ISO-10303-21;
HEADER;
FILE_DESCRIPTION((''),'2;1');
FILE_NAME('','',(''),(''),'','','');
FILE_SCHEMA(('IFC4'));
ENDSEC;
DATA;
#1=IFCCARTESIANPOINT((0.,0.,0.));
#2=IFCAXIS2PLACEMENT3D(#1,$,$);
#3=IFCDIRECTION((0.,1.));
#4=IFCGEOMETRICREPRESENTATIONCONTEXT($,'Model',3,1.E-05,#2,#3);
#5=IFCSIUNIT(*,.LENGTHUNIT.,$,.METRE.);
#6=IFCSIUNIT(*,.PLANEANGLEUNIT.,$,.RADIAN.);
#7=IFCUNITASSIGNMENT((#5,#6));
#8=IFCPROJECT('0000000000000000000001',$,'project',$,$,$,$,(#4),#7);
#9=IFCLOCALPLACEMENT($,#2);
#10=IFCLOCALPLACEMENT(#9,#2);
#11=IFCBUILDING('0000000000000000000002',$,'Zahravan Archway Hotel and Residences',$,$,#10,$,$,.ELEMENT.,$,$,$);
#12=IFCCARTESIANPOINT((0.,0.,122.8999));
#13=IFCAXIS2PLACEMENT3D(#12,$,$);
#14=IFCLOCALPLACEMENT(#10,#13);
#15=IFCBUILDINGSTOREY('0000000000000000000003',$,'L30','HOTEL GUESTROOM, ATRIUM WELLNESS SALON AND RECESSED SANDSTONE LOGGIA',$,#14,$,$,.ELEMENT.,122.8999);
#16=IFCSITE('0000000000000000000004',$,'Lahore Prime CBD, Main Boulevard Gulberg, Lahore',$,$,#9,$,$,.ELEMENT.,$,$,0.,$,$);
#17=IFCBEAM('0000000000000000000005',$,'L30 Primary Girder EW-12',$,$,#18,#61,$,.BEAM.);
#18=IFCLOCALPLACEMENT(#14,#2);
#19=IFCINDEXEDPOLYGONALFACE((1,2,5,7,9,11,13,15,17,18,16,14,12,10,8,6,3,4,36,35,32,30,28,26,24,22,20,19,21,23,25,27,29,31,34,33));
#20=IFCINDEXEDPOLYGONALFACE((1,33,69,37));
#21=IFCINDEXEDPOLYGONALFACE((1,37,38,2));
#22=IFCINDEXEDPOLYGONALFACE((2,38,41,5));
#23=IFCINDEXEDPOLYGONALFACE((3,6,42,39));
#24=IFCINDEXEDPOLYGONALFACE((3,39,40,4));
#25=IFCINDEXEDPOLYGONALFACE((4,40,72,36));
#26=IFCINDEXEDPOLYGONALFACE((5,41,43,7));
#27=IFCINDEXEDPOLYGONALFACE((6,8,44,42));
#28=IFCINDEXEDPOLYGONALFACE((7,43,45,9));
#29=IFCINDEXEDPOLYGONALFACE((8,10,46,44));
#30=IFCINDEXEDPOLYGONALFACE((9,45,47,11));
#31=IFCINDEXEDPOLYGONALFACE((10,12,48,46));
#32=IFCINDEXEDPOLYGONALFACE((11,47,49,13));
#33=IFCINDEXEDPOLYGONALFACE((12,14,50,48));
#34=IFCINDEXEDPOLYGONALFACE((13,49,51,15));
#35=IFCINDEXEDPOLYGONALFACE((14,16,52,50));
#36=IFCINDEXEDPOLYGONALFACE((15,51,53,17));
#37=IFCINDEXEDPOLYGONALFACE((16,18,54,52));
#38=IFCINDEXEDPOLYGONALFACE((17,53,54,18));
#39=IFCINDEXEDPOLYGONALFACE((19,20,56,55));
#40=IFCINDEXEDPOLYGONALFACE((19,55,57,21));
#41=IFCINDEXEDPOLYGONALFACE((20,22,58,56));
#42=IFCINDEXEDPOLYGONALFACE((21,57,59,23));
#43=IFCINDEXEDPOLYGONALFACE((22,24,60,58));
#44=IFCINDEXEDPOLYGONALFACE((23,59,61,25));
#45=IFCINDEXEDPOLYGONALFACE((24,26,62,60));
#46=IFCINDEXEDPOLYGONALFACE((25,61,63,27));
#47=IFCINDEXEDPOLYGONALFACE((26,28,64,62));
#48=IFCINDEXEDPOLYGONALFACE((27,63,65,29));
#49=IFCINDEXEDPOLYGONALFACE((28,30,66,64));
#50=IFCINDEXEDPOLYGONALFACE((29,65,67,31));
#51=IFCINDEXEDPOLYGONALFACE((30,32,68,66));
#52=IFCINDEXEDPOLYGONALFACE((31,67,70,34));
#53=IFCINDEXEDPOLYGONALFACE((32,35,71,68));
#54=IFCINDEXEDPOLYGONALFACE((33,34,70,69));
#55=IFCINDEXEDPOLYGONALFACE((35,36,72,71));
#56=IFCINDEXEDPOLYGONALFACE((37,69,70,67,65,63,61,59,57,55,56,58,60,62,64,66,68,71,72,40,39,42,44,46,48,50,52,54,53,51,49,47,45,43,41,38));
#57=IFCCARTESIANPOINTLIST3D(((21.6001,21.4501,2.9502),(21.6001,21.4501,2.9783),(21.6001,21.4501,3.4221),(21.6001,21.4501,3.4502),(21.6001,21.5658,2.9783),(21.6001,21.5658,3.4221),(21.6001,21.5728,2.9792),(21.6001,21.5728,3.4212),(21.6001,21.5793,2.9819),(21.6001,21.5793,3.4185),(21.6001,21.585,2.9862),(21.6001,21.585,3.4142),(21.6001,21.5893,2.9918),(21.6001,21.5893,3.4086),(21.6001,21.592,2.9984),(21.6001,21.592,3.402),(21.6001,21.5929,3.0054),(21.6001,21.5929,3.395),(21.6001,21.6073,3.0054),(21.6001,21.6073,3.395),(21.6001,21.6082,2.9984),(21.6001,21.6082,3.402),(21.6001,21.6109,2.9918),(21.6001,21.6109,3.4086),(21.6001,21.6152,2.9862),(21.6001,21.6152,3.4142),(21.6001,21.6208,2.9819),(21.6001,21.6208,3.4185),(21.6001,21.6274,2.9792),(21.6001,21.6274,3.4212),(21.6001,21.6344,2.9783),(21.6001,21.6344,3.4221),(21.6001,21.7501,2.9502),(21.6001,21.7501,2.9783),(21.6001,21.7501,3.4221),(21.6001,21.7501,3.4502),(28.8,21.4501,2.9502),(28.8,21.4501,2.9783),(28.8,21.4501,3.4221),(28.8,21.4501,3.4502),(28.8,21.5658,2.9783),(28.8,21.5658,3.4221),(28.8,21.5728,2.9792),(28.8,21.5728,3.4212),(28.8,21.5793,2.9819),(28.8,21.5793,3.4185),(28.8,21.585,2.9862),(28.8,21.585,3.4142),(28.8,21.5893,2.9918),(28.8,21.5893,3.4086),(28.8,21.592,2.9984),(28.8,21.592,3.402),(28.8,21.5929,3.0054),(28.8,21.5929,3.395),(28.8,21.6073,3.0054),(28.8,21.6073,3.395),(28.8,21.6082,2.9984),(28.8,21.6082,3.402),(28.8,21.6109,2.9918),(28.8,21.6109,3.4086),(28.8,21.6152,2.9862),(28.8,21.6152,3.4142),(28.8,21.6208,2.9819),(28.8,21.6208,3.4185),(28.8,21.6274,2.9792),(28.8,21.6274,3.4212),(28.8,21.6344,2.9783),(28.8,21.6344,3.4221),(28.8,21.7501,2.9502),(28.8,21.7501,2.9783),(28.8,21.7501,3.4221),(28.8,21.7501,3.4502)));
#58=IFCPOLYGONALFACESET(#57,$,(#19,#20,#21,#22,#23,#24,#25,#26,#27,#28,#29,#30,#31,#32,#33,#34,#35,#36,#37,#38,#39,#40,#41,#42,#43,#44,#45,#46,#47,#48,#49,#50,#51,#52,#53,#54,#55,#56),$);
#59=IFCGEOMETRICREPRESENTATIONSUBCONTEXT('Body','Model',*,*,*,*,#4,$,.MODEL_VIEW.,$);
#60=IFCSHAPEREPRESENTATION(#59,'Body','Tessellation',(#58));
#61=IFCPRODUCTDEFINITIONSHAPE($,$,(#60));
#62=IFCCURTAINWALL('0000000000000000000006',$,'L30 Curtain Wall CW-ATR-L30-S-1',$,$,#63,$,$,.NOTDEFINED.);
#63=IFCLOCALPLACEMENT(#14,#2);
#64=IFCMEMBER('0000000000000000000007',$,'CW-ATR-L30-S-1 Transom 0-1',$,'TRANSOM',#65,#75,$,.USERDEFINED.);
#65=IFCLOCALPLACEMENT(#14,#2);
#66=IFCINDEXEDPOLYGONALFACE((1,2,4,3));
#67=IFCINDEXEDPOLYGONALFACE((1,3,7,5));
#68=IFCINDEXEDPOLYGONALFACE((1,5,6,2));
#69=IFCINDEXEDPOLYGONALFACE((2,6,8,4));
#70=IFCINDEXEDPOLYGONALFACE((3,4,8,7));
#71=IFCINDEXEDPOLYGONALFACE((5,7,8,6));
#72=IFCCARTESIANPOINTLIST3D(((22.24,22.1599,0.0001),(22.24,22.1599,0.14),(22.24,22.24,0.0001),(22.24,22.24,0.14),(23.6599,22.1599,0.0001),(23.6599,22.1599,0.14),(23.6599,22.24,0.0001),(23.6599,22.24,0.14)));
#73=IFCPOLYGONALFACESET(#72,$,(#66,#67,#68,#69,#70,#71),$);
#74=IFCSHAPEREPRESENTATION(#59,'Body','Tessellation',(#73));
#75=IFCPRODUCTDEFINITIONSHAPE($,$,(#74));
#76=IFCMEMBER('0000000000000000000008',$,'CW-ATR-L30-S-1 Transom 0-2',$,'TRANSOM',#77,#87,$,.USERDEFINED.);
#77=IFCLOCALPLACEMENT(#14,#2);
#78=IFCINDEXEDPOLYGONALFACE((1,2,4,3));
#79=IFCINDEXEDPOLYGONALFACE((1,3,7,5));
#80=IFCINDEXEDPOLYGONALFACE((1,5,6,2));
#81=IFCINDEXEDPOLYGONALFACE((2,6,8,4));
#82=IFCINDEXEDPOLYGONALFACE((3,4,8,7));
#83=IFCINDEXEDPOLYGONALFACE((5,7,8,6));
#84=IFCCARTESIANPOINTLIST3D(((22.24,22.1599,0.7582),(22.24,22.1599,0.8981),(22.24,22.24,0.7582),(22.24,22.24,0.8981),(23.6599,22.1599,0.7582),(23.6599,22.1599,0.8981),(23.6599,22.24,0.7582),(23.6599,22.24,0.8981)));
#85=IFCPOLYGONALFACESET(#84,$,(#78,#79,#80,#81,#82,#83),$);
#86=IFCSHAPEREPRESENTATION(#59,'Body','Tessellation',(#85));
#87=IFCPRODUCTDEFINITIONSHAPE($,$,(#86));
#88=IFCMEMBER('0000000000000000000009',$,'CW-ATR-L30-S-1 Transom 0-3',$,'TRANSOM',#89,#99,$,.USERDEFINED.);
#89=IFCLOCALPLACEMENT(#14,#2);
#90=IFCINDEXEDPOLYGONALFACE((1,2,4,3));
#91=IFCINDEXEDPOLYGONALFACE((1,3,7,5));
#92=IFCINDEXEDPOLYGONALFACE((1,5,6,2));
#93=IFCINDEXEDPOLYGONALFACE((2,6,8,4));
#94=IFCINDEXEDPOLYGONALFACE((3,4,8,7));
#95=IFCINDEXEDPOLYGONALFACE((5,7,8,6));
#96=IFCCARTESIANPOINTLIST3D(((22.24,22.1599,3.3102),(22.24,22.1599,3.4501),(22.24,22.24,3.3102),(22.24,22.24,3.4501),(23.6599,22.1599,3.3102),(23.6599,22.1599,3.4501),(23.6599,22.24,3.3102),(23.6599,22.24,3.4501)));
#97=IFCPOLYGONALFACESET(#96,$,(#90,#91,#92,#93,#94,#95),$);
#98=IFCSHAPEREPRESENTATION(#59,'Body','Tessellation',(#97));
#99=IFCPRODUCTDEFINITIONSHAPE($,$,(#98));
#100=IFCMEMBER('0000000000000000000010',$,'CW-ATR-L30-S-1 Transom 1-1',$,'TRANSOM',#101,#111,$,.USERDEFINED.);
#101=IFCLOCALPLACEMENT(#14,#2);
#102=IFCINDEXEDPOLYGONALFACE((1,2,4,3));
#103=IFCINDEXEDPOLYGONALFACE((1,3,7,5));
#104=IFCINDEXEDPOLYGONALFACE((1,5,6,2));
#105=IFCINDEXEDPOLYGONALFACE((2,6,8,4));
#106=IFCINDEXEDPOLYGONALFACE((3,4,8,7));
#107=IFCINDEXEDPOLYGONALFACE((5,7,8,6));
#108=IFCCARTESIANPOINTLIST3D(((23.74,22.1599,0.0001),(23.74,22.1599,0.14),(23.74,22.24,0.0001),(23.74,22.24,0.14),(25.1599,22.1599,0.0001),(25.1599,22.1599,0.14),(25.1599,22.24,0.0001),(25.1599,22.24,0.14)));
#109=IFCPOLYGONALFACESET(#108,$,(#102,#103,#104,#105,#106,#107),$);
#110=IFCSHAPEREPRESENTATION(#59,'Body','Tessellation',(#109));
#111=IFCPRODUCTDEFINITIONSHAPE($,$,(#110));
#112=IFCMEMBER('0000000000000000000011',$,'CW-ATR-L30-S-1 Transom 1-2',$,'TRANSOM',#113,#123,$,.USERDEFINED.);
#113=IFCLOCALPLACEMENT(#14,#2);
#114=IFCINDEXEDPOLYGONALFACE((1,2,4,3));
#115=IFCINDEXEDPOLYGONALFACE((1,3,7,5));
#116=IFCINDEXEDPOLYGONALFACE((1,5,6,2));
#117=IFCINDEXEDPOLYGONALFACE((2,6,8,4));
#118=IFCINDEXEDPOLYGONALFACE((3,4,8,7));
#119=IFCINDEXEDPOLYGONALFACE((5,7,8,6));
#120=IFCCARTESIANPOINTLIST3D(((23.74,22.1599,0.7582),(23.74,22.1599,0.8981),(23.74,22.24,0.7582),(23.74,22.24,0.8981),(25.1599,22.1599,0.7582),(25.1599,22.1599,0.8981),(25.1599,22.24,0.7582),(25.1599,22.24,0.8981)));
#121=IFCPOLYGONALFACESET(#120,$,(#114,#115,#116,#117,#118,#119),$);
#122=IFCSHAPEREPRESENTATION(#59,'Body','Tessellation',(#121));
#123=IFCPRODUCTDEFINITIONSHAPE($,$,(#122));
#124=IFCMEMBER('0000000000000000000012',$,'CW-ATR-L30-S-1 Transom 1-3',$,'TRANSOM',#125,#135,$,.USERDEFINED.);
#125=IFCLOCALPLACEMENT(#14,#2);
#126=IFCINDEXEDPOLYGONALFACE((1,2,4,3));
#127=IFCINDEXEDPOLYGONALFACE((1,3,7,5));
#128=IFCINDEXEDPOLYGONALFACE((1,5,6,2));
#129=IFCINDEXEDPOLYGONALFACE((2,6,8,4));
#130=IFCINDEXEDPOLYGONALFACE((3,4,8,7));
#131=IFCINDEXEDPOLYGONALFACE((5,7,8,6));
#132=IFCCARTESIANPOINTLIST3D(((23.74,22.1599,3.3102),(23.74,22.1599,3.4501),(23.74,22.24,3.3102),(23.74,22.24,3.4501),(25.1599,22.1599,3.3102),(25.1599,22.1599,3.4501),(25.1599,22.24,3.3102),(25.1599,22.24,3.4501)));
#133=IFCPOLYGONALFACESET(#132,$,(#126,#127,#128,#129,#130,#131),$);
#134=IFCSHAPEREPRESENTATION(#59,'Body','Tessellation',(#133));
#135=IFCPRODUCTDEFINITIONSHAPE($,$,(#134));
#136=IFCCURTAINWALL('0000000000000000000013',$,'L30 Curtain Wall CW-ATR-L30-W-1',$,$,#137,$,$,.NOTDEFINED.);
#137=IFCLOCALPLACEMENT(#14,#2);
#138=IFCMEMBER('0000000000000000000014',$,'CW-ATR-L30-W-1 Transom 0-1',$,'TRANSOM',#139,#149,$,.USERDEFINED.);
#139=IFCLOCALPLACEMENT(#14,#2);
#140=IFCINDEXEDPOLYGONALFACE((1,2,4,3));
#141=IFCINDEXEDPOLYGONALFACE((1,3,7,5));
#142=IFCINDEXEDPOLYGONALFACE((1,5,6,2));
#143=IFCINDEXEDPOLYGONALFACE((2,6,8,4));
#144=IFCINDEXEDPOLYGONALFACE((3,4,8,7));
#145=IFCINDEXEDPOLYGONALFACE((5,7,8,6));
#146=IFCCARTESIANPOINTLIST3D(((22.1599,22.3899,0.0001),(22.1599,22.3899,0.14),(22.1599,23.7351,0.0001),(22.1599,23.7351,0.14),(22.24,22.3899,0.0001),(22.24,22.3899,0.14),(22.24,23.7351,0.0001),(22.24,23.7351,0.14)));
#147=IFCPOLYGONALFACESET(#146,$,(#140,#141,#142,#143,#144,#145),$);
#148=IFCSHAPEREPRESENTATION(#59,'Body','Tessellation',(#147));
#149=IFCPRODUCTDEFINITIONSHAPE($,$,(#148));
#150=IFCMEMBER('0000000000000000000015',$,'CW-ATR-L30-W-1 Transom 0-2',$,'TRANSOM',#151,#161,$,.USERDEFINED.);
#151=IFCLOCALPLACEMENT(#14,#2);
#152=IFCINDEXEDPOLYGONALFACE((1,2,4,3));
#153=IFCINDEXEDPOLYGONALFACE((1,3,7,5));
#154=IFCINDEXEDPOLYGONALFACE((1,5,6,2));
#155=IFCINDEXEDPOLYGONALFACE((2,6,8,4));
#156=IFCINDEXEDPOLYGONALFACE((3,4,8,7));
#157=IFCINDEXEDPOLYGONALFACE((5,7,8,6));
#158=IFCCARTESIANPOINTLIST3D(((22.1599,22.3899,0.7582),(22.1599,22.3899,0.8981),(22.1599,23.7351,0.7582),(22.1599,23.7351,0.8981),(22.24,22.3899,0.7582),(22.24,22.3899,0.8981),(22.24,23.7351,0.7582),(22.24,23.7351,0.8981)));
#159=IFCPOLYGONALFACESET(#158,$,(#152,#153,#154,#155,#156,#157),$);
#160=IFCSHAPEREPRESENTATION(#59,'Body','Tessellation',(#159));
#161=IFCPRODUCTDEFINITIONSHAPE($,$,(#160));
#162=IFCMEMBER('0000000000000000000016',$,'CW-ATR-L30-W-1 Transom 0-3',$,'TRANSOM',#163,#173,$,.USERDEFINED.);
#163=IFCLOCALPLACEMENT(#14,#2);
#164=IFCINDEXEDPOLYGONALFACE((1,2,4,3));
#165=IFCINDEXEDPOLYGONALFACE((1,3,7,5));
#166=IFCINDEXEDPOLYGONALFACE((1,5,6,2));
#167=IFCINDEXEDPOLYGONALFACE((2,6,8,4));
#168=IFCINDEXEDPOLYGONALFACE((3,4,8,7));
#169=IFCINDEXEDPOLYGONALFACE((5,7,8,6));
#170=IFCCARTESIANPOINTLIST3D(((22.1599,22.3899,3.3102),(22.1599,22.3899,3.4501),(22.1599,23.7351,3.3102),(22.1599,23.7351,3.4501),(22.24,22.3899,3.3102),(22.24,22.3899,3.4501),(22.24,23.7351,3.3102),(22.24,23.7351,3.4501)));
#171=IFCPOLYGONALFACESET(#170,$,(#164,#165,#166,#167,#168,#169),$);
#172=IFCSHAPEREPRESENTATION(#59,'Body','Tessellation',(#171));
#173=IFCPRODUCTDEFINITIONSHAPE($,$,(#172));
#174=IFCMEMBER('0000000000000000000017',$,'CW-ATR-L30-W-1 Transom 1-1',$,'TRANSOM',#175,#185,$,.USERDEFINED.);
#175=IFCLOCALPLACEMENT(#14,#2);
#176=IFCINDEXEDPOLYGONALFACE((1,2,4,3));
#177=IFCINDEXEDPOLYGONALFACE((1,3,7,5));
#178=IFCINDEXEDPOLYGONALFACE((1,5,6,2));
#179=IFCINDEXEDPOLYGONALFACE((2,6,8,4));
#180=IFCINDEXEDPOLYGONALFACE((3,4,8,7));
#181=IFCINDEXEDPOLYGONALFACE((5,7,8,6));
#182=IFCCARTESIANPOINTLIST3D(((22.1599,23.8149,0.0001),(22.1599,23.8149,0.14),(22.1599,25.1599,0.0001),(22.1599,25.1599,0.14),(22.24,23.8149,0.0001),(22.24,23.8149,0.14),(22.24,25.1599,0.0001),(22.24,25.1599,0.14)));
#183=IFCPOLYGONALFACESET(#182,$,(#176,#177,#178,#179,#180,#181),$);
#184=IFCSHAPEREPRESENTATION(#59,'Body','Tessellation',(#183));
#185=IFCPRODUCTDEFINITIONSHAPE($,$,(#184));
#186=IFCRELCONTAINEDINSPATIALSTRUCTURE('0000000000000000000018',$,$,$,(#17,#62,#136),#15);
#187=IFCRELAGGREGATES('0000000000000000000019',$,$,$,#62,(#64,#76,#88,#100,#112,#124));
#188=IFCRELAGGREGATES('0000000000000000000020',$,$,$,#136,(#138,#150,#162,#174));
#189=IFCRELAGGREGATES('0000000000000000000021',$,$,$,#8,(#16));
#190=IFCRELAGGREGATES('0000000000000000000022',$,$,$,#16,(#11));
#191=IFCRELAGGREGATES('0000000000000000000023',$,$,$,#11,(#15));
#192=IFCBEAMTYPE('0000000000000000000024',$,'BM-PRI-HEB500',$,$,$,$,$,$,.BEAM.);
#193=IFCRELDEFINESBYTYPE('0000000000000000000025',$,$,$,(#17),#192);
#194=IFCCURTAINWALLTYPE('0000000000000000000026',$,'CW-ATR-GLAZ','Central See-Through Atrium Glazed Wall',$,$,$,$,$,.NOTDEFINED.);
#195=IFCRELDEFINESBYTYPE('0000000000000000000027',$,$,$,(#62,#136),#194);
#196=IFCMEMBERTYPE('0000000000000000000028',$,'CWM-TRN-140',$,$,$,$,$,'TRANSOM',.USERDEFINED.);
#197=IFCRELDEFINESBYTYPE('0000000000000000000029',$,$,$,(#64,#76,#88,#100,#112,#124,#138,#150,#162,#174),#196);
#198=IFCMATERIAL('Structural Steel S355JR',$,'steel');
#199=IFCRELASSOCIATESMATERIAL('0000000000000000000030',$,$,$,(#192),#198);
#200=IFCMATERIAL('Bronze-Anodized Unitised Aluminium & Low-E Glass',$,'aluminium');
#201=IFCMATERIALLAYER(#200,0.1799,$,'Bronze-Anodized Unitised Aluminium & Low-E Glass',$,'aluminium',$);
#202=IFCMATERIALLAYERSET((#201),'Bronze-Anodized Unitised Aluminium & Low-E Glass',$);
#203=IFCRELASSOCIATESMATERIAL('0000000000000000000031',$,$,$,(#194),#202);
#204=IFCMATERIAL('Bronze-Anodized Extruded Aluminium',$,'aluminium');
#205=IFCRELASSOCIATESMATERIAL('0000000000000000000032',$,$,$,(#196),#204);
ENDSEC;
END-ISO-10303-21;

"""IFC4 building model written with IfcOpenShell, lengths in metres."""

from ifc_helpers import new_model, si_unit, direction, frame, origin, origin_2d, place, context, subcontext, project, spatial, rectangle, i_section, extrude, source, transform, mapped, material, layer, layer_set, material_profile, profile_set, type_object, element, aggregate, save


model = new_model("IFC4")

# Units and contexts
model_context = context("Model", 3, precision=1e-05, world=origin(), true_north=direction((0.0, 1.0)))
body_context = subcontext(model_context, "Body", "Model", "MODEL_VIEW")
ifc_project = project(units=[si_unit("LENGTHUNIT", "METRE"), si_unit("PLANEANGLEUNIT", "RADIAN")], contexts=[model_context])

# Site, building, storey
site_placement = place(None, origin())
site = spatial("IfcSite", under=ifc_project, at=site_placement, Name="Lahore Prime CBD, Main Boulevard Gulberg, Lahore", CompositionType="ELEMENT", RefElevation=0.0)
building_placement = place(site_placement, origin())
building = spatial("IfcBuilding", under=site, at=building_placement, Name="Zahravan Archway Hotel and Residences", CompositionType="ELEMENT")
storey_placement = place(building_placement, frame((0.0, 0.0, 122.8999)))
storey = spatial("IfcBuildingStorey", under=building, at=storey_placement, Name="L30", Description="HOTEL GUESTROOM, ATRIUM WELLNESS SALON AND RECESSED SANDSTONE LOGGIA", CompositionType="ELEMENT", Elevation=122.8999)

# Beam
ifc_material_1 = material(Name="Structural Steel S355JR", Category="steel")
ifc_material_profile_1 = material_profile(ifc_material_1, i_section(OverallWidth=0.3, OverallDepth=0.5, WebThickness=0.0144, FlangeThickness=0.0281, FilletRadius=0.0271, at=origin_2d()), Name="HEB 500", Category="steel")
ifc_profile_set_1 = profile_set([ifc_material_profile_1], Name="Structural Steel S355JR")
beam_type = type_object("IfcBeamType", Name="BM-PRI-HEB500", PredefinedType="BEAM", material=ifc_profile_set_1)
shared_shape_1 = source(origin(), body_context, "Body", "SweptSolid", [
    extrude(i_section(OverallWidth=0.3, OverallDepth=0.5, WebThickness=0.0144, FlangeThickness=0.0281, FilletRadius=0.0271, at=origin_2d()), origin(), (0.0, 0.0, 1.0), 7.2),
])
beam_placement = place(storey_placement, frame((21.6001, 21.6001, 3.2002), z_axis=(1.0, 0.0, 0.0), x_axis=(0.0, 1.0, 0.0)))
element("IfcBeam", 1, at=beam_placement, inside=storey, type_object=beam_type, Name="L30 Primary Girder EW-12", PredefinedType="BEAM", context=body_context, shape_type="MappedRepresentation", body=[
    mapped(shared_shape_1, transform((0.0, 0.0, 0.0), scale=1.0)),
])

# Curtain walls, members
ifc_material_2 = material(Name="Bronze-Anodized Unitised Aluminium & Low-E Glass", Category="aluminium")
ifc_layer_1 = layer(ifc_material_2, 0.1799, Name="Bronze-Anodized Unitised Aluminium & Low-E Glass", Category="aluminium")
ifc_layer_set_1 = layer_set([ifc_layer_1], Name="Bronze-Anodized Unitised Aluminium & Low-E Glass")
curtain_wall_type = type_object("IfcCurtainWallType", Name="CW-ATR-GLAZ", Description="Central See-Through Atrium Glazed Wall", PredefinedType="NOTDEFINED", material=ifc_layer_set_1)
curtain_wall_1_placement = place(storey_placement, origin())
curtain_wall_1 = element("IfcCurtainWall", 2, at=curtain_wall_1_placement, inside=storey, type_object=curtain_wall_type, Name="L30 Curtain Wall CW-ATR-L30-S-1", PredefinedType="NOTDEFINED")
ifc_material_3 = material(Name="Bronze-Anodized Extruded Aluminium", Category="aluminium")
ifc_material_profile_2 = material_profile(ifc_material_3, rectangle(XDim=0.0801, YDim=0.1399, at=origin_2d()), Name="TRN 80x140", Category="aluminium")
ifc_profile_set_2 = profile_set([ifc_material_profile_2], Name="Bronze-Anodized Extruded Aluminium")
member_type_1 = type_object("IfcMemberType", Name="CWM-TRN-140", ElementType="TRANSOM", PredefinedType="USERDEFINED", material=ifc_profile_set_2)
shared_shape_2 = source(origin(), body_context, "Body", "SweptSolid", [
    extrude(rectangle(XDim=0.0801, YDim=0.1399, at=origin_2d()), origin(), (0.0, 0.0, 1.0), 1.4199),
])
member_1_placement = place(storey_placement, frame((22.24, 22.2, 0.0701), z_axis=(1.0, 0.0, 0.0), x_axis=(0.0, 1.0, 0.0)))
member_1 = element("IfcMember", 3, at=member_1_placement, type_object=member_type_1, Name="CW-ATR-L30-S-1 Transom 0-1", ObjectType="TRANSOM", PredefinedType="USERDEFINED", context=body_context, shape_type="MappedRepresentation", body=[
    mapped(shared_shape_2, transform((0.0, 0.0, 0.0), scale=1.0)),
])
member_2_placement = place(storey_placement, frame((22.24, 22.2, 0.8281), z_axis=(1.0, 0.0, 0.0), x_axis=(0.0, 1.0, 0.0)))
member_2 = element("IfcMember", 4, at=member_2_placement, type_object=member_type_1, Name="CW-ATR-L30-S-1 Transom 0-2", ObjectType="TRANSOM", PredefinedType="USERDEFINED", context=body_context, shape_type="MappedRepresentation", body=[
    mapped(shared_shape_2, transform((0.0, 0.0, 0.0), scale=1.0)),
])
member_3_placement = place(storey_placement, frame((22.24, 22.2, 3.3801), z_axis=(1.0, 0.0, 0.0), x_axis=(0.0, 1.0, 0.0)))
member_3 = element("IfcMember", 5, at=member_3_placement, type_object=member_type_1, Name="CW-ATR-L30-S-1 Transom 0-3", ObjectType="TRANSOM", PredefinedType="USERDEFINED", context=body_context, shape_type="MappedRepresentation", body=[
    mapped(shared_shape_2, transform((0.0, 0.0, 0.0), scale=1.0)),
])
member_4_placement = place(storey_placement, frame((23.74, 22.2, 0.0701), z_axis=(1.0, 0.0, 0.0), x_axis=(0.0, 1.0, 0.0)))
member_4 = element("IfcMember", 6, at=member_4_placement, type_object=member_type_1, Name="CW-ATR-L30-S-1 Transom 1-1", ObjectType="TRANSOM", PredefinedType="USERDEFINED", context=body_context, shape_type="MappedRepresentation", body=[
    mapped(shared_shape_2, transform((0.0, 0.0, 0.0), scale=1.0)),
])
member_5_placement = place(storey_placement, frame((23.74, 22.2, 0.8281), z_axis=(1.0, 0.0, 0.0), x_axis=(0.0, 1.0, 0.0)))
member_5 = element("IfcMember", 7, at=member_5_placement, type_object=member_type_1, Name="CW-ATR-L30-S-1 Transom 1-2", ObjectType="TRANSOM", PredefinedType="USERDEFINED", context=body_context, shape_type="MappedRepresentation", body=[
    mapped(shared_shape_2, transform((0.0, 0.0, 0.0), scale=1.0)),
])
member_6_placement = place(storey_placement, frame((23.74, 22.2, 3.3801), z_axis=(1.0, 0.0, 0.0), x_axis=(0.0, 1.0, 0.0)))
member_6 = element("IfcMember", 8, at=member_6_placement, type_object=member_type_1, Name="CW-ATR-L30-S-1 Transom 1-3", ObjectType="TRANSOM", PredefinedType="USERDEFINED", context=body_context, shape_type="MappedRepresentation", body=[
    mapped(shared_shape_2, transform((0.0, 0.0, 0.0), scale=1.0)),
])
curtain_wall_2_placement = place(storey_placement, origin())
curtain_wall_2 = element("IfcCurtainWall", 9, at=curtain_wall_2_placement, inside=storey, type_object=curtain_wall_type, Name="L30 Curtain Wall CW-ATR-L30-W-1", PredefinedType="NOTDEFINED")
shared_shape_3 = source(origin(), body_context, "Body", "SweptSolid", [
    extrude(rectangle(XDim=0.0801, YDim=0.1399, at=origin_2d()), origin(), (0.0, 0.0, 1.0), 1.3452),
])
member_7_placement = place(storey_placement, frame((22.2, 22.3899, 0.0701), z_axis=(0.0, 1.0, 0.0), x_axis=(-1.0, 0.0, 0.0)))
member_7 = element("IfcMember", 10, at=member_7_placement, type_object=member_type_1, Name="CW-ATR-L30-W-1 Transom 0-1", ObjectType="TRANSOM", PredefinedType="USERDEFINED", context=body_context, shape_type="MappedRepresentation", body=[
    mapped(shared_shape_3, transform((0.0, 0.0, 0.0), scale=1.0)),
])
member_8_placement = place(storey_placement, frame((22.2, 22.3899, 0.8281), z_axis=(0.0, 1.0, 0.0), x_axis=(-1.0, 0.0, 0.0)))
member_8 = element("IfcMember", 11, at=member_8_placement, type_object=member_type_1, Name="CW-ATR-L30-W-1 Transom 0-2", ObjectType="TRANSOM", PredefinedType="USERDEFINED", context=body_context, shape_type="MappedRepresentation", body=[
    mapped(shared_shape_3, transform((0.0, 0.0, 0.0), scale=1.0)),
])
member_9_placement = place(storey_placement, frame((22.2, 22.3899, 3.3801), z_axis=(0.0, 1.0, 0.0), x_axis=(-1.0, 0.0, 0.0)))
member_9 = element("IfcMember", 12, at=member_9_placement, type_object=member_type_1, Name="CW-ATR-L30-W-1 Transom 0-3", ObjectType="TRANSOM", PredefinedType="USERDEFINED", context=body_context, shape_type="MappedRepresentation", body=[
    mapped(shared_shape_3, transform((0.0, 0.0, 0.0), scale=1.0)),
])
shared_shape_4 = source(origin(), body_context, "Body", "SweptSolid", [
    extrude(rectangle(XDim=0.0801, YDim=0.1399, at=origin_2d()), origin(), (0.0, 0.0, 1.0), 1.345),
])
member_10_placement = place(storey_placement, frame((22.2, 23.8149, 0.0701), z_axis=(0.0, 1.0, 0.0), x_axis=(-1.0, 0.0, 0.0)))
member_10 = element("IfcMember", 13, at=member_10_placement, type_object=member_type_1, Name="CW-ATR-L30-W-1 Transom 1-1", ObjectType="TRANSOM", PredefinedType="USERDEFINED", context=body_context, shape_type="MappedRepresentation", body=[
    mapped(shared_shape_4, transform((0.0, 0.0, 0.0), scale=1.0)),
])

aggregate(curtain_wall_1, [member_1, member_2, member_3, member_4, member_5, member_6])
aggregate(curtain_wall_2, [member_7, member_8, member_9, member_10])

save(model, "model.ifc")
